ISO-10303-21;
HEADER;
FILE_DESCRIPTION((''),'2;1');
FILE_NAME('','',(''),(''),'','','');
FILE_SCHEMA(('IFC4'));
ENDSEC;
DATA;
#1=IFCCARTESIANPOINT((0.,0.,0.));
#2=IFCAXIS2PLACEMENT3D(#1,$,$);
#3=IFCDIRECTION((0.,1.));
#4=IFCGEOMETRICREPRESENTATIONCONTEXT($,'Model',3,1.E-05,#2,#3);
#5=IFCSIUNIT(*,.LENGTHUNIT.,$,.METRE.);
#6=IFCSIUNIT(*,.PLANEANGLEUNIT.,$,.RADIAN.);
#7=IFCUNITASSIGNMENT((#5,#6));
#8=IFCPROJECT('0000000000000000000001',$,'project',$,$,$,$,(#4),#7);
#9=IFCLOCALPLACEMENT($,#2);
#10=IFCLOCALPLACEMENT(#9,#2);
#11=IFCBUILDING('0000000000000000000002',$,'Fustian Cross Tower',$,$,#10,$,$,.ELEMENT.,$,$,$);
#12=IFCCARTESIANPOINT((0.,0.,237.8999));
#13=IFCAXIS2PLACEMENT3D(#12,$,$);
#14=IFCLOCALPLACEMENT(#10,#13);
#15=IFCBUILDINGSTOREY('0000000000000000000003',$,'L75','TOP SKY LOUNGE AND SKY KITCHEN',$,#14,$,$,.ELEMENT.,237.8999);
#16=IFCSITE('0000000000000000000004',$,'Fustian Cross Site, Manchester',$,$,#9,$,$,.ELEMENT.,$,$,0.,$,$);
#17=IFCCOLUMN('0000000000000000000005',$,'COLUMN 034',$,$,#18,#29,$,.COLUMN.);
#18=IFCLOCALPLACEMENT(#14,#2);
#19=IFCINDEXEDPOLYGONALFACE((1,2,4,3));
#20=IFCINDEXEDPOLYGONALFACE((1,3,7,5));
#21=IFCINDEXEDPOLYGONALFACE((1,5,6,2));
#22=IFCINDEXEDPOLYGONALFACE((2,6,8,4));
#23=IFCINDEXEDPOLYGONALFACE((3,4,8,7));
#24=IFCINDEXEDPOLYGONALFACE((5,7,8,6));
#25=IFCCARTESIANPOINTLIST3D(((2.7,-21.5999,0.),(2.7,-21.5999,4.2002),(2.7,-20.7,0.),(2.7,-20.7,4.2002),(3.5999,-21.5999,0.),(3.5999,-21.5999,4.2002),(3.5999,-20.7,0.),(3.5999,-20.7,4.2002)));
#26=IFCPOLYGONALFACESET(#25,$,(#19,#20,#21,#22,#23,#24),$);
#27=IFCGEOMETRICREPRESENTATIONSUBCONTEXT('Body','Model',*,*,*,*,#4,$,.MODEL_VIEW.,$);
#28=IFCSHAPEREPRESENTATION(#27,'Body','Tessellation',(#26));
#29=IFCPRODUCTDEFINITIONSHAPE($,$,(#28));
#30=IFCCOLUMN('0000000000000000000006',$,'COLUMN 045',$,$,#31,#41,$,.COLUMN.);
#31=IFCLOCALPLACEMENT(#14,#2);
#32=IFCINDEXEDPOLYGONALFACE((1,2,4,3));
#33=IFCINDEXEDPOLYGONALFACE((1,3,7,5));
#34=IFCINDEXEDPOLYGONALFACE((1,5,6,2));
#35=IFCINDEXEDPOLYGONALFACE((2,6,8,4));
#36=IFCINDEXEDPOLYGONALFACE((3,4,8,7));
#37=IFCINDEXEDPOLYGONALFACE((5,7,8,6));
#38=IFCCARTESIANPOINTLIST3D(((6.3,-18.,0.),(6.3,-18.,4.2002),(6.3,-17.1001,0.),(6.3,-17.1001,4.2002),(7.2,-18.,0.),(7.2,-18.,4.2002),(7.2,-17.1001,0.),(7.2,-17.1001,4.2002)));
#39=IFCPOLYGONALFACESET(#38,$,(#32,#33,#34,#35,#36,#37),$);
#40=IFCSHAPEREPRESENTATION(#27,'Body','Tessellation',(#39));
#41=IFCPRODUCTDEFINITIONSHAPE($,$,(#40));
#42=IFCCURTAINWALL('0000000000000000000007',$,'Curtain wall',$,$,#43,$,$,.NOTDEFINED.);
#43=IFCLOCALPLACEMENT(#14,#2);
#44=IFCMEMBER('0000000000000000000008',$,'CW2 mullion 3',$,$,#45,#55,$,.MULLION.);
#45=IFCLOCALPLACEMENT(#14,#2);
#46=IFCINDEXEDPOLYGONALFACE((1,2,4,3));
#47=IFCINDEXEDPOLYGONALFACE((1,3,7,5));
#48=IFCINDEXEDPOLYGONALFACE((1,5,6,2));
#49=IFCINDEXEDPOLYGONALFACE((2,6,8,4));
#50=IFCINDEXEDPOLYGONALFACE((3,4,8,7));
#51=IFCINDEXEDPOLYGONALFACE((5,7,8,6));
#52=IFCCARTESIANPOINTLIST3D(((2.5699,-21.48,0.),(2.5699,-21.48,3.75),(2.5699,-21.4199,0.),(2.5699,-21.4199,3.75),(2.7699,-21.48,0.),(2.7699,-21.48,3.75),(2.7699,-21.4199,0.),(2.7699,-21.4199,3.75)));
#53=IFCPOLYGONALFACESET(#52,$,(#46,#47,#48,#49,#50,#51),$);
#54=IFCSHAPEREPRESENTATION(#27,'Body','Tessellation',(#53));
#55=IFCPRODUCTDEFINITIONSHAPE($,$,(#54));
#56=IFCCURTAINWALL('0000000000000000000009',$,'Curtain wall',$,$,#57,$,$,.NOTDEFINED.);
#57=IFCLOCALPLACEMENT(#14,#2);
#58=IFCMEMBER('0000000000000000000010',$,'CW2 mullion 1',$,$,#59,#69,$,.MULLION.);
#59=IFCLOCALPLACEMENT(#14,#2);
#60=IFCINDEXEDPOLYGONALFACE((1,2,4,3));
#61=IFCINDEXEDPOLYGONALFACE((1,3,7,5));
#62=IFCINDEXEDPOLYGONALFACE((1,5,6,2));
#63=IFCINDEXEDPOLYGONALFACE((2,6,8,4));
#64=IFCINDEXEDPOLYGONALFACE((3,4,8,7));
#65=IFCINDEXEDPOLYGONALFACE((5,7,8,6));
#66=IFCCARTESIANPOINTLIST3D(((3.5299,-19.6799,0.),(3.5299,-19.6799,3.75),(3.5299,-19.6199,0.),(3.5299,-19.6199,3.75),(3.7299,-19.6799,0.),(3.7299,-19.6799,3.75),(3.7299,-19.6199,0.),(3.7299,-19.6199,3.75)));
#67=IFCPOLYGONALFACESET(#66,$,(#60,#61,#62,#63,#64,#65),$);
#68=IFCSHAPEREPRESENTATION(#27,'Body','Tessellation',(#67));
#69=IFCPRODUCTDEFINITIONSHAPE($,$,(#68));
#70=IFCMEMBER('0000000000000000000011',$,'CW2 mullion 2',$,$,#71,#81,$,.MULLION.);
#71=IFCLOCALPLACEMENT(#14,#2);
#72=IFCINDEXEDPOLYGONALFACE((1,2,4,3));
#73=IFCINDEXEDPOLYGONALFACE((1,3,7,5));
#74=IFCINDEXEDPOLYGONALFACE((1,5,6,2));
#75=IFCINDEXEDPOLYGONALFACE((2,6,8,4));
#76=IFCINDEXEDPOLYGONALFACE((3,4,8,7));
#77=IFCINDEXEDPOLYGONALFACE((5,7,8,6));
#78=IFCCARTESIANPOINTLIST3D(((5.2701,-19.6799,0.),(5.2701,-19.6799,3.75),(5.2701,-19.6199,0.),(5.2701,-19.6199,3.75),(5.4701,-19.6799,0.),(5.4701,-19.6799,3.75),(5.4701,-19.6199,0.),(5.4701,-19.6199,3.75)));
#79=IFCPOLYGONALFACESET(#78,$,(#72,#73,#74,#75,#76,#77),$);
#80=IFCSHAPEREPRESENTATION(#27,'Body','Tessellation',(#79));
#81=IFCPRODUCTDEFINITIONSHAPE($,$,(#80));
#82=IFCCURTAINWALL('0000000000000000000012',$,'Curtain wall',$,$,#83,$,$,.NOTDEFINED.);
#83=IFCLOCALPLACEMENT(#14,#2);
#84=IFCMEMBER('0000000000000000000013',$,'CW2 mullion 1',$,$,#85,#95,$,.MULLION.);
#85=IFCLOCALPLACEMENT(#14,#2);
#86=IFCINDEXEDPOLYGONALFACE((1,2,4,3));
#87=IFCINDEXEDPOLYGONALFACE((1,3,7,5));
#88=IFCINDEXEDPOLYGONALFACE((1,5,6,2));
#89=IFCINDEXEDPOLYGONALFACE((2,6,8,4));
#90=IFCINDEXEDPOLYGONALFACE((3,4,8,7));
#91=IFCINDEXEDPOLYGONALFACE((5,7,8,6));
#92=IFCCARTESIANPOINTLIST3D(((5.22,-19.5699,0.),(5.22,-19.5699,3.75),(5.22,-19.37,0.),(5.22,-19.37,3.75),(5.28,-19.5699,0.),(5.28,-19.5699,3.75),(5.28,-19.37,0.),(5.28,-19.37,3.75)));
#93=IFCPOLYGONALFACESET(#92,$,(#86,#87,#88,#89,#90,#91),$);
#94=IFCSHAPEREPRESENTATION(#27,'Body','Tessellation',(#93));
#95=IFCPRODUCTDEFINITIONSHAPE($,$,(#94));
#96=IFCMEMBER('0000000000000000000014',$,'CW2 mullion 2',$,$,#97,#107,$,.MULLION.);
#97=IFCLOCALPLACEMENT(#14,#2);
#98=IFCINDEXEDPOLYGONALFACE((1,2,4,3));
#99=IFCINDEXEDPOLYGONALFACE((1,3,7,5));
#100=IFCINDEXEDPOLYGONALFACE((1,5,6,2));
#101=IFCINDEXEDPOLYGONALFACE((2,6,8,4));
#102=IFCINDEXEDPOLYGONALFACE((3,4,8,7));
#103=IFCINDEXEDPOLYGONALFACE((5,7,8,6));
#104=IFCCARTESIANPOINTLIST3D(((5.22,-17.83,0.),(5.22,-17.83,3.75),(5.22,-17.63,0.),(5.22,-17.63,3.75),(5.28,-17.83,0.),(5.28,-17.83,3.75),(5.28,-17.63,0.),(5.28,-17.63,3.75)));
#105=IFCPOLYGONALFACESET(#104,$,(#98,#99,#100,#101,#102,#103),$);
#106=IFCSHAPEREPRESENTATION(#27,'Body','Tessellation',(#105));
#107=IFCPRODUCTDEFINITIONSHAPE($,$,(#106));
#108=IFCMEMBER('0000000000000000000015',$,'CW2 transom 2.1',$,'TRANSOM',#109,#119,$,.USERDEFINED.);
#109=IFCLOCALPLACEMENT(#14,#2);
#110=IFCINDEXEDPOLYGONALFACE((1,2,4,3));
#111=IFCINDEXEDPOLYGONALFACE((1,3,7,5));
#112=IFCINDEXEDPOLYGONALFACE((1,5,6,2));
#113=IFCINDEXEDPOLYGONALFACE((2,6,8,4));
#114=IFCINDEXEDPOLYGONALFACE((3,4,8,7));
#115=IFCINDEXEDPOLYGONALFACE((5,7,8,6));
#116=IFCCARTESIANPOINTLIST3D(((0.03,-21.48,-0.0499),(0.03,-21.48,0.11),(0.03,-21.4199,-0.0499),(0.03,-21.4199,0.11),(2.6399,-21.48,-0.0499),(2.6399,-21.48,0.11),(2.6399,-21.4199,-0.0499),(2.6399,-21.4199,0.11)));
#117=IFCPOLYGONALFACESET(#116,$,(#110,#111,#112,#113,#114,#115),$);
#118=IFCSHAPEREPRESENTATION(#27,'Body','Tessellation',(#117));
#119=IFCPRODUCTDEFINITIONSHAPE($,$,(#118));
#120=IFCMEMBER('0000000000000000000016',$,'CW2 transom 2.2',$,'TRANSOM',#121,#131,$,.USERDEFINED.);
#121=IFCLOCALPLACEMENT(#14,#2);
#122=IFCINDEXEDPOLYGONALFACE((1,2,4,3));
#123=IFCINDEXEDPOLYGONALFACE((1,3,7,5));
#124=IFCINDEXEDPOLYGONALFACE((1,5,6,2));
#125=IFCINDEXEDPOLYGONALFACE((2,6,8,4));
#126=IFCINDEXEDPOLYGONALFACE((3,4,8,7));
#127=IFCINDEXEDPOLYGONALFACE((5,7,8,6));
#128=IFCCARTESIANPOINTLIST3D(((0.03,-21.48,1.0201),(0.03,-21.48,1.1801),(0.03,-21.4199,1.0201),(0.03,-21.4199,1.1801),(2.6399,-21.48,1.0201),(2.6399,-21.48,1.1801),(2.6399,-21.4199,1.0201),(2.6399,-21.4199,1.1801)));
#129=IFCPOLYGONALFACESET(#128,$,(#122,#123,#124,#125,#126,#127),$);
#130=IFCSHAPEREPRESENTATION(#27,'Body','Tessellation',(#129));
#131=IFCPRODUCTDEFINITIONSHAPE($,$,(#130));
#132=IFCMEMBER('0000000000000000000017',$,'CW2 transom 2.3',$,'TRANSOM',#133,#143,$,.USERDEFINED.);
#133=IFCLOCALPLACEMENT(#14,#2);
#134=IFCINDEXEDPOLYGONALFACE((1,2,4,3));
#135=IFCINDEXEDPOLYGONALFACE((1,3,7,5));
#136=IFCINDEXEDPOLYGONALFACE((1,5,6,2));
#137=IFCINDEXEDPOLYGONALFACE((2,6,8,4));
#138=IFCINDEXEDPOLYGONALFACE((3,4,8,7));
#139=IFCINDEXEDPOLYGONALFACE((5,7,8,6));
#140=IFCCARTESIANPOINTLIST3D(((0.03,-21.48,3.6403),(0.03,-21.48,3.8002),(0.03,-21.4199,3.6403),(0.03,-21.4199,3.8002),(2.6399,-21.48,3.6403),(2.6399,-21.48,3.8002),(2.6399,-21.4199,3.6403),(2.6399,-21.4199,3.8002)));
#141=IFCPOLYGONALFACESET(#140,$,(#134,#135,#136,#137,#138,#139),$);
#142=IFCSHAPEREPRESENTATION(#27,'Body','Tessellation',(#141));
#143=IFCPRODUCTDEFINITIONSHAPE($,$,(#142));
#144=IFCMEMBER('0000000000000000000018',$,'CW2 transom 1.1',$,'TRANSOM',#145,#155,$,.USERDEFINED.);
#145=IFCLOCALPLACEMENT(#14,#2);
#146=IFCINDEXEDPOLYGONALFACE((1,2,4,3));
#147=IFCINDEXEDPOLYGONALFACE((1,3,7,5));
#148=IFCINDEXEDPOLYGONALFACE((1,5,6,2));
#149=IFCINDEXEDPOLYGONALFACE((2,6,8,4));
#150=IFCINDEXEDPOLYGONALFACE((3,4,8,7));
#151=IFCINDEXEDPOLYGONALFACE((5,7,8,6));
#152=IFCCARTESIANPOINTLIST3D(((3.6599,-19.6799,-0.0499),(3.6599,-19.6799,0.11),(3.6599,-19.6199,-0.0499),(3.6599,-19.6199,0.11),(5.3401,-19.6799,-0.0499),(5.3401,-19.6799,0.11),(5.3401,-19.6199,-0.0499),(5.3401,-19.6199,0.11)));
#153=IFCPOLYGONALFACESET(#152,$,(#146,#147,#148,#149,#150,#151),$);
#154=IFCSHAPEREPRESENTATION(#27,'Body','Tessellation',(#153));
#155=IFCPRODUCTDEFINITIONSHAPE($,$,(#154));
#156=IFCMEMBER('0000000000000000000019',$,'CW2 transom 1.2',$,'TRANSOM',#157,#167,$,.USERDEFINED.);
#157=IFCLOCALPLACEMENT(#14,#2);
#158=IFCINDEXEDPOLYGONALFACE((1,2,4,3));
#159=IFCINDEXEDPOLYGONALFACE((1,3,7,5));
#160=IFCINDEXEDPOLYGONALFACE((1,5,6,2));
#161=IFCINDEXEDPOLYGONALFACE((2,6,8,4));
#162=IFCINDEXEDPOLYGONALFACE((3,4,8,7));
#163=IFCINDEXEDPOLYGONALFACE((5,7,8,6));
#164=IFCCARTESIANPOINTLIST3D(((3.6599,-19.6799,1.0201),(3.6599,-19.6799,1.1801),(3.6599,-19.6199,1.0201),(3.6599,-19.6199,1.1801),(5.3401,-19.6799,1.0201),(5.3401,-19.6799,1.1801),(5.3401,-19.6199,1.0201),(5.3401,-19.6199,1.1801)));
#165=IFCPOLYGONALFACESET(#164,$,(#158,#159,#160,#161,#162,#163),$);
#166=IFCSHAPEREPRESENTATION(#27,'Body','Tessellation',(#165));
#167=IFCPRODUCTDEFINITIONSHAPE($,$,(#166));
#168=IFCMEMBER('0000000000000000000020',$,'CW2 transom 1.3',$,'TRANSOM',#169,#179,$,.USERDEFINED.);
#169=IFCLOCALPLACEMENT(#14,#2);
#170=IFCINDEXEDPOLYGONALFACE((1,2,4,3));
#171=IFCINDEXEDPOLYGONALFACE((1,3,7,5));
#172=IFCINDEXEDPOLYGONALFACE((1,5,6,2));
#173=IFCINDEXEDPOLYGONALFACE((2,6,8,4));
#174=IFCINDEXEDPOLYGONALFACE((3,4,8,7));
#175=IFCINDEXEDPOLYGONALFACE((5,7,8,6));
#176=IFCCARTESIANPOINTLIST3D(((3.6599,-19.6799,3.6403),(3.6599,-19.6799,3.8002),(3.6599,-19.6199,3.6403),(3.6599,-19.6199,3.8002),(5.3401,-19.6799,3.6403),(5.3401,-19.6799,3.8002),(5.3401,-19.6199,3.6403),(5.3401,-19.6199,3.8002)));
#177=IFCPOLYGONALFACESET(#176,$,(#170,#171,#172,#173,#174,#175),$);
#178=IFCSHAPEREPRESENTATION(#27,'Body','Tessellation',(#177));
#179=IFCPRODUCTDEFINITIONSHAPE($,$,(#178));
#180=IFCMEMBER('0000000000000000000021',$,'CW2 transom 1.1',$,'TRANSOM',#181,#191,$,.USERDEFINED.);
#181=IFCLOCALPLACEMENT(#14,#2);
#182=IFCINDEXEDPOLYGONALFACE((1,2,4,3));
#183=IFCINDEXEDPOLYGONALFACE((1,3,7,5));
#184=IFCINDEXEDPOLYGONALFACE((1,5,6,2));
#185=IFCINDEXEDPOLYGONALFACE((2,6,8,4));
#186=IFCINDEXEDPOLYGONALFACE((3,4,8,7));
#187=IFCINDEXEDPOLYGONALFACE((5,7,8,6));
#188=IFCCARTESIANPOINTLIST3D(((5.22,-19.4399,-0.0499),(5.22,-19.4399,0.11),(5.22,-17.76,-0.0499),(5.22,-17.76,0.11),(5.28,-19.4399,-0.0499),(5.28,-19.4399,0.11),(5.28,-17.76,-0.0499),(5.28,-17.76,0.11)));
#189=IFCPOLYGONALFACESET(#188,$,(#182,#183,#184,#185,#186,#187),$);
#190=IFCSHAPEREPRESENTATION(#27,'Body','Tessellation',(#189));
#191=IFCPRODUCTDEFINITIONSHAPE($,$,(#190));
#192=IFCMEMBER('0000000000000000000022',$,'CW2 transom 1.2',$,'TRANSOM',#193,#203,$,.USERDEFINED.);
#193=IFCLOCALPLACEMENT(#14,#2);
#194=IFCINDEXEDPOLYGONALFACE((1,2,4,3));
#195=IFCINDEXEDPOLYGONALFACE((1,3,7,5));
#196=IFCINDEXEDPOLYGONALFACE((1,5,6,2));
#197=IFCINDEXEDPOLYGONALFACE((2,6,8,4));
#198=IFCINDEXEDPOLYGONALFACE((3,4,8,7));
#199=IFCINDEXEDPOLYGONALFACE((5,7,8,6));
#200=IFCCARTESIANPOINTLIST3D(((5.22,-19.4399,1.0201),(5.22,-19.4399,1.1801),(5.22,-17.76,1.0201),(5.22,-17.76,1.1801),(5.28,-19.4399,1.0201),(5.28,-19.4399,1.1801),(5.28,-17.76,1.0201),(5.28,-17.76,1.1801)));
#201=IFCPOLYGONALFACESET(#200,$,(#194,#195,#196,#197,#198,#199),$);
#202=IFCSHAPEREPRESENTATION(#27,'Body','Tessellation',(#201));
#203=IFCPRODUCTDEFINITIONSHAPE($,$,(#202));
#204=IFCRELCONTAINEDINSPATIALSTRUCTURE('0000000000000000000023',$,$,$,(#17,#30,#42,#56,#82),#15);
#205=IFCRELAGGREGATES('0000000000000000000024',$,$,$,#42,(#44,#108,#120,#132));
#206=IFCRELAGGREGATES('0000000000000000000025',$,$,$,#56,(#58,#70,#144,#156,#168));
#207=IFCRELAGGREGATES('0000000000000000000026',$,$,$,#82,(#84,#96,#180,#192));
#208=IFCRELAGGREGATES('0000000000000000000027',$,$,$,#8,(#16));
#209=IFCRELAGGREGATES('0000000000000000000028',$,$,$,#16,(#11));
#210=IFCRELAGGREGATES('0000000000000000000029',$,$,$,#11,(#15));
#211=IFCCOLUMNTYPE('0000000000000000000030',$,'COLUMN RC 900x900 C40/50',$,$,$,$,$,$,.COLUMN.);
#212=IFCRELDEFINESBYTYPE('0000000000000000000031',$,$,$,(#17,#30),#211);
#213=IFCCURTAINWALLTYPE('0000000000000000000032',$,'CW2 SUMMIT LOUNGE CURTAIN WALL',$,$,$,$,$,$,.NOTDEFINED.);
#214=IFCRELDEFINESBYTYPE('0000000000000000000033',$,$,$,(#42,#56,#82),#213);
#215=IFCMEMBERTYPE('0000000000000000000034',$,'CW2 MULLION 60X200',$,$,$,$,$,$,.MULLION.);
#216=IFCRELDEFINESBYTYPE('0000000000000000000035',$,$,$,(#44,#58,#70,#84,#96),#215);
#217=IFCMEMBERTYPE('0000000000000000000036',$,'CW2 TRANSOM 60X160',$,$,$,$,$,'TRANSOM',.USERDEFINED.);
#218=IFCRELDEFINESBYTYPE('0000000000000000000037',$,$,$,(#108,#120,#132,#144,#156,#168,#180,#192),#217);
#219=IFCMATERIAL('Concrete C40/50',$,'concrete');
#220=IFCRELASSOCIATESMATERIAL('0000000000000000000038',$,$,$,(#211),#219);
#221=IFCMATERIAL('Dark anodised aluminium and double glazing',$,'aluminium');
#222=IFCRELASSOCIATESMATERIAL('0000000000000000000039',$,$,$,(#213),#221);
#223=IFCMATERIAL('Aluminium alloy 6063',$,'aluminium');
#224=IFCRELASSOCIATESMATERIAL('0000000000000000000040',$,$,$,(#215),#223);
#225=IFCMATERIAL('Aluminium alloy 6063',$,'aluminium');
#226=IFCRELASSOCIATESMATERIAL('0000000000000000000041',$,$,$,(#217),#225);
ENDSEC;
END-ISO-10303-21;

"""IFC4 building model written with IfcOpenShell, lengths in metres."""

from ifc_helpers import new_model, si_unit, direction, frame, origin, origin_2d, place, context, subcontext, project, spatial, rectangle, extrude, material, material_profile, profile_set, type_object, element, aggregate, save


model = new_model("IFC4")

# Units and contexts
model_context = context("Model", 3, precision=1e-05, world=origin(), true_north=direction((0.0, 1.0)))
body_context = subcontext(model_context, "Body", "Model", "MODEL_VIEW")
ifc_project = project(units=[si_unit("LENGTHUNIT", "METRE"), si_unit("PLANEANGLEUNIT", "RADIAN")], contexts=[model_context])

# Site, building, storey
site_placement = place(None, origin())
site = spatial("IfcSite", under=ifc_project, at=site_placement, Name="Fustian Cross Site, Manchester", CompositionType="ELEMENT", RefElevation=0.0)
building_placement = place(site_placement, origin())
building = spatial("IfcBuilding", under=site, at=building_placement, Name="Fustian Cross Tower", CompositionType="ELEMENT")
storey_placement = place(building_placement, frame((0.0, 0.0, 237.8999)))
storey = spatial("IfcBuildingStorey", under=building, at=storey_placement, Name="L75", Description="TOP SKY LOUNGE AND SKY KITCHEN", CompositionType="ELEMENT", Elevation=237.8999)

# Columns
ifc_material_1 = material(Name="Concrete C40/50", Category="concrete")
ifc_material_profile_1 = material_profile(ifc_material_1, rectangle(XDim=0.8999, YDim=0.8999, at=origin_2d()), Name="RC 900x900")
ifc_profile_set_1 = profile_set([ifc_material_profile_1], Name="Concrete C40/50")
column_type = type_object("IfcColumnType", Name="COLUMN RC 900x900 C40/50", PredefinedType="COLUMN", material=ifc_profile_set_1)
for number, where, z_axis, x_axis, name in (
    (1, (3.1499, -21.1499, 0.0), (0.0, 0.0, 1.0), (1.0, 0.0, 0.0), "COLUMN 034"),
    (2, (6.75, -17.55, 0.0), (0.0, 0.0, 1.0), (1.0, 0.0, 0.0), "COLUMN 045"),
):
    element("IfcColumn", number, at=place(storey_placement, frame(where, z_axis=z_axis, x_axis=x_axis)), inside=storey, type_object=column_type, Name=name, PredefinedType="COLUMN", context=body_context, shape_type="SweptSolid", body=[
        extrude(rectangle(XDim=0.8999, YDim=0.8999, at=origin_2d()), origin(), (0.0, 0.0, 1.0), 4.2002),
    ])

# Curtain wall, member
ifc_material_2 = material(Name="Dark anodised aluminium and double glazing", Category="aluminium")
curtain_wall_type = type_object("IfcCurtainWallType", Name="CW2 SUMMIT LOUNGE CURTAIN WALL", PredefinedType="NOTDEFINED", material=ifc_material_2)
curtain_wall_1_placement = place(storey_placement, origin())
curtain_wall_1 = element("IfcCurtainWall", 3, at=curtain_wall_1_placement, inside=storey, type_object=curtain_wall_type, Name="Curtain wall", PredefinedType="NOTDEFINED")
ifc_material_3 = material(Name="Aluminium alloy 6063", Category="aluminium")
ifc_material_profile_2 = material_profile(ifc_material_3, rectangle(XDim=0.0601, YDim=0.2, at=origin_2d()), Name="CW2 MULLION 60X200")
ifc_profile_set_2 = profile_set([ifc_material_profile_2], Name="Aluminium alloy 6063")
member_type_1 = type_object("IfcMemberType", Name="CW2 MULLION 60X200", PredefinedType="MULLION", material=ifc_profile_set_2)
member_1_placement = place(storey_placement, frame((2.6699, -21.45, 0.0), z_axis=(0.0, 0.0, 1.0), x_axis=(0.0, 1.0, 0.0)))
member_1 = element("IfcMember", 4, at=member_1_placement, type_object=member_type_1, Name="CW2 mullion 3", PredefinedType="MULLION", context=body_context, shape_type="SweptSolid", body=[
    extrude(rectangle(XDim=0.0601, YDim=0.2, at=origin_2d()), origin(), (0.0, 0.0, 1.0), 3.75),
])

# Curtain walls, members
curtain_wall_2_placement = place(storey_placement, origin())
curtain_wall_2 = element("IfcCurtainWall", 5, at=curtain_wall_2_placement, inside=storey, type_object=curtain_wall_type, Name="Curtain wall", PredefinedType="NOTDEFINED")
member_2_placement = place(storey_placement, frame((3.6299, -19.6499, 0.0), z_axis=(0.0, 0.0, 1.0), x_axis=(0.0, 1.0, 0.0)))
member_2 = element("IfcMember", 6, at=member_2_placement, type_object=member_type_1, Name="CW2 mullion 1", PredefinedType="MULLION", context=body_context, shape_type="SweptSolid", body=[
    extrude(rectangle(XDim=0.0601, YDim=0.2, at=origin_2d()), origin(), (0.0, 0.0, 1.0), 3.75),
])
member_3_placement = place(storey_placement, frame((5.3701, -19.6499, 0.0), z_axis=(0.0, 0.0, 1.0), x_axis=(0.0, 1.0, 0.0)))
member_3 = element("IfcMember", 7, at=member_3_placement, type_object=member_type_1, Name="CW2 mullion 2", PredefinedType="MULLION", context=body_context, shape_type="SweptSolid", body=[
    extrude(rectangle(XDim=0.0601, YDim=0.2, at=origin_2d()), origin(), (0.0, 0.0, 1.0), 3.75),
])
curtain_wall_3_placement = place(storey_placement, origin())
curtain_wall_3 = element("IfcCurtainWall", 8, at=curtain_wall_3_placement, inside=storey, type_object=curtain_wall_type, Name="Curtain wall", PredefinedType="NOTDEFINED")
member_4_placement = place(storey_placement, frame((5.25, -19.47, 0.0), z_axis=(0.0, 0.0, 1.0), x_axis=(-1.0, 0.0, 0.0)))
member_4 = element("IfcMember", 9, at=member_4_placement, type_object=member_type_1, Name="CW2 mullion 1", PredefinedType="MULLION", context=body_context, shape_type="SweptSolid", body=[
    extrude(rectangle(XDim=0.0601, YDim=0.2, at=origin_2d()), origin(), (0.0, 0.0, 1.0), 3.75),
])
member_5_placement = place(storey_placement, frame((5.25, -17.73, 0.0), z_axis=(0.0, 0.0, 1.0), x_axis=(-1.0, 0.0, 0.0)))
member_5 = element("IfcMember", 10, at=member_5_placement, type_object=member_type_1, Name="CW2 mullion 2", PredefinedType="MULLION", context=body_context, shape_type="SweptSolid", body=[
    extrude(rectangle(XDim=0.0601, YDim=0.2, at=origin_2d()), origin(), (0.0, 0.0, 1.0), 3.75),
])

# Members
ifc_material_4 = material(Name="Aluminium alloy 6063", Category="aluminium")
ifc_material_profile_3 = material_profile(ifc_material_4, rectangle(XDim=0.0601, YDim=0.1599, at=origin_2d()), Name="CW2 TRANSOM 60X160")
ifc_profile_set_3 = profile_set([ifc_material_profile_3], Name="Aluminium alloy 6063")
member_type_2 = type_object("IfcMemberType", Name="CW2 TRANSOM 60X160", ElementType="TRANSOM", PredefinedType="USERDEFINED", material=ifc_profile_set_3)
member_6_placement = place(storey_placement, frame((0.03, -21.45, 0.03), z_axis=(1.0, 0.0, 0.0), x_axis=(0.0, 1.0, 0.0)))
member_6 = element("IfcMember", 11, at=member_6_placement, type_object=member_type_2, Name="CW2 transom 2.1", ObjectType="TRANSOM", PredefinedType="USERDEFINED", context=body_context, shape_type="SweptSolid", body=[
    extrude(rectangle(XDim=0.0601, YDim=0.1599, at=origin_2d()), origin(), (0.0, 0.0, 1.0), 2.6099),
])
member_7_placement = place(storey_placement, frame((0.03, -21.45, 1.1001), z_axis=(1.0, 0.0, 0.0), x_axis=(0.0, 1.0, 0.0)))
member_7 = element("IfcMember", 12, at=member_7_placement, type_object=member_type_2, Name="CW2 transom 2.2", ObjectType="TRANSOM", PredefinedType="USERDEFINED", context=body_context, shape_type="SweptSolid", body=[
    extrude(rectangle(XDim=0.0601, YDim=0.1599, at=origin_2d()), origin(), (0.0, 0.0, 1.0), 2.6099),
])
member_8_placement = place(storey_placement, frame((0.03, -21.45, 3.7202), z_axis=(1.0, 0.0, 0.0), x_axis=(0.0, 1.0, 0.0)))
member_8 = element("IfcMember", 13, at=member_8_placement, type_object=member_type_2, Name="CW2 transom 2.3", ObjectType="TRANSOM", PredefinedType="USERDEFINED", context=body_context, shape_type="SweptSolid", body=[
    extrude(rectangle(XDim=0.0601, YDim=0.1599, at=origin_2d()), origin(), (0.0, 0.0, 1.0), 2.6099),
])
member_9_placement = place(storey_placement, frame((3.6599, -19.6499, 0.03), z_axis=(1.0, 0.0, 0.0), x_axis=(0.0, 1.0, 0.0)))
member_9 = element("IfcMember", 14, at=member_9_placement, type_object=member_type_2, Name="CW2 transom 1.1", ObjectType="TRANSOM", PredefinedType="USERDEFINED", context=body_context, shape_type="SweptSolid", body=[
    extrude(rectangle(XDim=0.0601, YDim=0.1599, at=origin_2d()), origin(), (0.0, 0.0, 1.0), 1.6802),
])
member_10_placement = place(storey_placement, frame((3.6599, -19.6499, 1.1001), z_axis=(1.0, 0.0, 0.0), x_axis=(0.0, 1.0, 0.0)))
member_10 = element("IfcMember", 15, at=member_10_placement, type_object=member_type_2, Name="CW2 transom 1.2", ObjectType="TRANSOM", PredefinedType="USERDEFINED", context=body_context, shape_type="SweptSolid", body=[
    extrude(rectangle(XDim=0.0601, YDim=0.1599, at=origin_2d()), origin(), (0.0, 0.0, 1.0), 1.6802),
])
member_11_placement = place(storey_placement, frame((3.6599, -19.6499, 3.7202), z_axis=(1.0, 0.0, 0.0), x_axis=(0.0, 1.0, 0.0)))
member_11 = element("IfcMember", 16, at=member_11_placement, type_object=member_type_2, Name="CW2 transom 1.3", ObjectType="TRANSOM", PredefinedType="USERDEFINED", context=body_context, shape_type="SweptSolid", body=[
    extrude(rectangle(XDim=0.0601, YDim=0.1599, at=origin_2d()), origin(), (0.0, 0.0, 1.0), 1.6802),
])
member_12_placement = place(storey_placement, frame((5.25, -19.4399, 0.03), z_axis=(0.0, 1.0, 0.0), x_axis=(-1.0, 0.0, 0.0)))
member_12 = element("IfcMember", 17, at=member_12_placement, type_object=member_type_2, Name="CW2 transom 1.1", ObjectType="TRANSOM", PredefinedType="USERDEFINED", context=body_context, shape_type="SweptSolid", body=[
    extrude(rectangle(XDim=0.0601, YDim=0.1599, at=origin_2d()), origin(), (0.0, 0.0, 1.0), 1.6799),
])
member_13_placement = place(storey_placement, frame((5.25, -19.4399, 1.1001), z_axis=(0.0, 1.0, 0.0), x_axis=(-1.0, 0.0, 0.0)))
member_13 = element("IfcMember", 18, at=member_13_placement, type_object=member_type_2, Name="CW2 transom 1.2", ObjectType="TRANSOM", PredefinedType="USERDEFINED", context=body_context, shape_type="SweptSolid", body=[
    extrude(rectangle(XDim=0.0601, YDim=0.1599, at=origin_2d()), origin(), (0.0, 0.0, 1.0), 1.6799),
])

aggregate(curtain_wall_1, [member_1, member_6, member_7, member_8])
aggregate(curtain_wall_2, [member_2, member_3, member_9, member_10, member_11])
aggregate(curtain_wall_3, [member_4, member_5, member_12, member_13])

save(model, "model.ifc")
